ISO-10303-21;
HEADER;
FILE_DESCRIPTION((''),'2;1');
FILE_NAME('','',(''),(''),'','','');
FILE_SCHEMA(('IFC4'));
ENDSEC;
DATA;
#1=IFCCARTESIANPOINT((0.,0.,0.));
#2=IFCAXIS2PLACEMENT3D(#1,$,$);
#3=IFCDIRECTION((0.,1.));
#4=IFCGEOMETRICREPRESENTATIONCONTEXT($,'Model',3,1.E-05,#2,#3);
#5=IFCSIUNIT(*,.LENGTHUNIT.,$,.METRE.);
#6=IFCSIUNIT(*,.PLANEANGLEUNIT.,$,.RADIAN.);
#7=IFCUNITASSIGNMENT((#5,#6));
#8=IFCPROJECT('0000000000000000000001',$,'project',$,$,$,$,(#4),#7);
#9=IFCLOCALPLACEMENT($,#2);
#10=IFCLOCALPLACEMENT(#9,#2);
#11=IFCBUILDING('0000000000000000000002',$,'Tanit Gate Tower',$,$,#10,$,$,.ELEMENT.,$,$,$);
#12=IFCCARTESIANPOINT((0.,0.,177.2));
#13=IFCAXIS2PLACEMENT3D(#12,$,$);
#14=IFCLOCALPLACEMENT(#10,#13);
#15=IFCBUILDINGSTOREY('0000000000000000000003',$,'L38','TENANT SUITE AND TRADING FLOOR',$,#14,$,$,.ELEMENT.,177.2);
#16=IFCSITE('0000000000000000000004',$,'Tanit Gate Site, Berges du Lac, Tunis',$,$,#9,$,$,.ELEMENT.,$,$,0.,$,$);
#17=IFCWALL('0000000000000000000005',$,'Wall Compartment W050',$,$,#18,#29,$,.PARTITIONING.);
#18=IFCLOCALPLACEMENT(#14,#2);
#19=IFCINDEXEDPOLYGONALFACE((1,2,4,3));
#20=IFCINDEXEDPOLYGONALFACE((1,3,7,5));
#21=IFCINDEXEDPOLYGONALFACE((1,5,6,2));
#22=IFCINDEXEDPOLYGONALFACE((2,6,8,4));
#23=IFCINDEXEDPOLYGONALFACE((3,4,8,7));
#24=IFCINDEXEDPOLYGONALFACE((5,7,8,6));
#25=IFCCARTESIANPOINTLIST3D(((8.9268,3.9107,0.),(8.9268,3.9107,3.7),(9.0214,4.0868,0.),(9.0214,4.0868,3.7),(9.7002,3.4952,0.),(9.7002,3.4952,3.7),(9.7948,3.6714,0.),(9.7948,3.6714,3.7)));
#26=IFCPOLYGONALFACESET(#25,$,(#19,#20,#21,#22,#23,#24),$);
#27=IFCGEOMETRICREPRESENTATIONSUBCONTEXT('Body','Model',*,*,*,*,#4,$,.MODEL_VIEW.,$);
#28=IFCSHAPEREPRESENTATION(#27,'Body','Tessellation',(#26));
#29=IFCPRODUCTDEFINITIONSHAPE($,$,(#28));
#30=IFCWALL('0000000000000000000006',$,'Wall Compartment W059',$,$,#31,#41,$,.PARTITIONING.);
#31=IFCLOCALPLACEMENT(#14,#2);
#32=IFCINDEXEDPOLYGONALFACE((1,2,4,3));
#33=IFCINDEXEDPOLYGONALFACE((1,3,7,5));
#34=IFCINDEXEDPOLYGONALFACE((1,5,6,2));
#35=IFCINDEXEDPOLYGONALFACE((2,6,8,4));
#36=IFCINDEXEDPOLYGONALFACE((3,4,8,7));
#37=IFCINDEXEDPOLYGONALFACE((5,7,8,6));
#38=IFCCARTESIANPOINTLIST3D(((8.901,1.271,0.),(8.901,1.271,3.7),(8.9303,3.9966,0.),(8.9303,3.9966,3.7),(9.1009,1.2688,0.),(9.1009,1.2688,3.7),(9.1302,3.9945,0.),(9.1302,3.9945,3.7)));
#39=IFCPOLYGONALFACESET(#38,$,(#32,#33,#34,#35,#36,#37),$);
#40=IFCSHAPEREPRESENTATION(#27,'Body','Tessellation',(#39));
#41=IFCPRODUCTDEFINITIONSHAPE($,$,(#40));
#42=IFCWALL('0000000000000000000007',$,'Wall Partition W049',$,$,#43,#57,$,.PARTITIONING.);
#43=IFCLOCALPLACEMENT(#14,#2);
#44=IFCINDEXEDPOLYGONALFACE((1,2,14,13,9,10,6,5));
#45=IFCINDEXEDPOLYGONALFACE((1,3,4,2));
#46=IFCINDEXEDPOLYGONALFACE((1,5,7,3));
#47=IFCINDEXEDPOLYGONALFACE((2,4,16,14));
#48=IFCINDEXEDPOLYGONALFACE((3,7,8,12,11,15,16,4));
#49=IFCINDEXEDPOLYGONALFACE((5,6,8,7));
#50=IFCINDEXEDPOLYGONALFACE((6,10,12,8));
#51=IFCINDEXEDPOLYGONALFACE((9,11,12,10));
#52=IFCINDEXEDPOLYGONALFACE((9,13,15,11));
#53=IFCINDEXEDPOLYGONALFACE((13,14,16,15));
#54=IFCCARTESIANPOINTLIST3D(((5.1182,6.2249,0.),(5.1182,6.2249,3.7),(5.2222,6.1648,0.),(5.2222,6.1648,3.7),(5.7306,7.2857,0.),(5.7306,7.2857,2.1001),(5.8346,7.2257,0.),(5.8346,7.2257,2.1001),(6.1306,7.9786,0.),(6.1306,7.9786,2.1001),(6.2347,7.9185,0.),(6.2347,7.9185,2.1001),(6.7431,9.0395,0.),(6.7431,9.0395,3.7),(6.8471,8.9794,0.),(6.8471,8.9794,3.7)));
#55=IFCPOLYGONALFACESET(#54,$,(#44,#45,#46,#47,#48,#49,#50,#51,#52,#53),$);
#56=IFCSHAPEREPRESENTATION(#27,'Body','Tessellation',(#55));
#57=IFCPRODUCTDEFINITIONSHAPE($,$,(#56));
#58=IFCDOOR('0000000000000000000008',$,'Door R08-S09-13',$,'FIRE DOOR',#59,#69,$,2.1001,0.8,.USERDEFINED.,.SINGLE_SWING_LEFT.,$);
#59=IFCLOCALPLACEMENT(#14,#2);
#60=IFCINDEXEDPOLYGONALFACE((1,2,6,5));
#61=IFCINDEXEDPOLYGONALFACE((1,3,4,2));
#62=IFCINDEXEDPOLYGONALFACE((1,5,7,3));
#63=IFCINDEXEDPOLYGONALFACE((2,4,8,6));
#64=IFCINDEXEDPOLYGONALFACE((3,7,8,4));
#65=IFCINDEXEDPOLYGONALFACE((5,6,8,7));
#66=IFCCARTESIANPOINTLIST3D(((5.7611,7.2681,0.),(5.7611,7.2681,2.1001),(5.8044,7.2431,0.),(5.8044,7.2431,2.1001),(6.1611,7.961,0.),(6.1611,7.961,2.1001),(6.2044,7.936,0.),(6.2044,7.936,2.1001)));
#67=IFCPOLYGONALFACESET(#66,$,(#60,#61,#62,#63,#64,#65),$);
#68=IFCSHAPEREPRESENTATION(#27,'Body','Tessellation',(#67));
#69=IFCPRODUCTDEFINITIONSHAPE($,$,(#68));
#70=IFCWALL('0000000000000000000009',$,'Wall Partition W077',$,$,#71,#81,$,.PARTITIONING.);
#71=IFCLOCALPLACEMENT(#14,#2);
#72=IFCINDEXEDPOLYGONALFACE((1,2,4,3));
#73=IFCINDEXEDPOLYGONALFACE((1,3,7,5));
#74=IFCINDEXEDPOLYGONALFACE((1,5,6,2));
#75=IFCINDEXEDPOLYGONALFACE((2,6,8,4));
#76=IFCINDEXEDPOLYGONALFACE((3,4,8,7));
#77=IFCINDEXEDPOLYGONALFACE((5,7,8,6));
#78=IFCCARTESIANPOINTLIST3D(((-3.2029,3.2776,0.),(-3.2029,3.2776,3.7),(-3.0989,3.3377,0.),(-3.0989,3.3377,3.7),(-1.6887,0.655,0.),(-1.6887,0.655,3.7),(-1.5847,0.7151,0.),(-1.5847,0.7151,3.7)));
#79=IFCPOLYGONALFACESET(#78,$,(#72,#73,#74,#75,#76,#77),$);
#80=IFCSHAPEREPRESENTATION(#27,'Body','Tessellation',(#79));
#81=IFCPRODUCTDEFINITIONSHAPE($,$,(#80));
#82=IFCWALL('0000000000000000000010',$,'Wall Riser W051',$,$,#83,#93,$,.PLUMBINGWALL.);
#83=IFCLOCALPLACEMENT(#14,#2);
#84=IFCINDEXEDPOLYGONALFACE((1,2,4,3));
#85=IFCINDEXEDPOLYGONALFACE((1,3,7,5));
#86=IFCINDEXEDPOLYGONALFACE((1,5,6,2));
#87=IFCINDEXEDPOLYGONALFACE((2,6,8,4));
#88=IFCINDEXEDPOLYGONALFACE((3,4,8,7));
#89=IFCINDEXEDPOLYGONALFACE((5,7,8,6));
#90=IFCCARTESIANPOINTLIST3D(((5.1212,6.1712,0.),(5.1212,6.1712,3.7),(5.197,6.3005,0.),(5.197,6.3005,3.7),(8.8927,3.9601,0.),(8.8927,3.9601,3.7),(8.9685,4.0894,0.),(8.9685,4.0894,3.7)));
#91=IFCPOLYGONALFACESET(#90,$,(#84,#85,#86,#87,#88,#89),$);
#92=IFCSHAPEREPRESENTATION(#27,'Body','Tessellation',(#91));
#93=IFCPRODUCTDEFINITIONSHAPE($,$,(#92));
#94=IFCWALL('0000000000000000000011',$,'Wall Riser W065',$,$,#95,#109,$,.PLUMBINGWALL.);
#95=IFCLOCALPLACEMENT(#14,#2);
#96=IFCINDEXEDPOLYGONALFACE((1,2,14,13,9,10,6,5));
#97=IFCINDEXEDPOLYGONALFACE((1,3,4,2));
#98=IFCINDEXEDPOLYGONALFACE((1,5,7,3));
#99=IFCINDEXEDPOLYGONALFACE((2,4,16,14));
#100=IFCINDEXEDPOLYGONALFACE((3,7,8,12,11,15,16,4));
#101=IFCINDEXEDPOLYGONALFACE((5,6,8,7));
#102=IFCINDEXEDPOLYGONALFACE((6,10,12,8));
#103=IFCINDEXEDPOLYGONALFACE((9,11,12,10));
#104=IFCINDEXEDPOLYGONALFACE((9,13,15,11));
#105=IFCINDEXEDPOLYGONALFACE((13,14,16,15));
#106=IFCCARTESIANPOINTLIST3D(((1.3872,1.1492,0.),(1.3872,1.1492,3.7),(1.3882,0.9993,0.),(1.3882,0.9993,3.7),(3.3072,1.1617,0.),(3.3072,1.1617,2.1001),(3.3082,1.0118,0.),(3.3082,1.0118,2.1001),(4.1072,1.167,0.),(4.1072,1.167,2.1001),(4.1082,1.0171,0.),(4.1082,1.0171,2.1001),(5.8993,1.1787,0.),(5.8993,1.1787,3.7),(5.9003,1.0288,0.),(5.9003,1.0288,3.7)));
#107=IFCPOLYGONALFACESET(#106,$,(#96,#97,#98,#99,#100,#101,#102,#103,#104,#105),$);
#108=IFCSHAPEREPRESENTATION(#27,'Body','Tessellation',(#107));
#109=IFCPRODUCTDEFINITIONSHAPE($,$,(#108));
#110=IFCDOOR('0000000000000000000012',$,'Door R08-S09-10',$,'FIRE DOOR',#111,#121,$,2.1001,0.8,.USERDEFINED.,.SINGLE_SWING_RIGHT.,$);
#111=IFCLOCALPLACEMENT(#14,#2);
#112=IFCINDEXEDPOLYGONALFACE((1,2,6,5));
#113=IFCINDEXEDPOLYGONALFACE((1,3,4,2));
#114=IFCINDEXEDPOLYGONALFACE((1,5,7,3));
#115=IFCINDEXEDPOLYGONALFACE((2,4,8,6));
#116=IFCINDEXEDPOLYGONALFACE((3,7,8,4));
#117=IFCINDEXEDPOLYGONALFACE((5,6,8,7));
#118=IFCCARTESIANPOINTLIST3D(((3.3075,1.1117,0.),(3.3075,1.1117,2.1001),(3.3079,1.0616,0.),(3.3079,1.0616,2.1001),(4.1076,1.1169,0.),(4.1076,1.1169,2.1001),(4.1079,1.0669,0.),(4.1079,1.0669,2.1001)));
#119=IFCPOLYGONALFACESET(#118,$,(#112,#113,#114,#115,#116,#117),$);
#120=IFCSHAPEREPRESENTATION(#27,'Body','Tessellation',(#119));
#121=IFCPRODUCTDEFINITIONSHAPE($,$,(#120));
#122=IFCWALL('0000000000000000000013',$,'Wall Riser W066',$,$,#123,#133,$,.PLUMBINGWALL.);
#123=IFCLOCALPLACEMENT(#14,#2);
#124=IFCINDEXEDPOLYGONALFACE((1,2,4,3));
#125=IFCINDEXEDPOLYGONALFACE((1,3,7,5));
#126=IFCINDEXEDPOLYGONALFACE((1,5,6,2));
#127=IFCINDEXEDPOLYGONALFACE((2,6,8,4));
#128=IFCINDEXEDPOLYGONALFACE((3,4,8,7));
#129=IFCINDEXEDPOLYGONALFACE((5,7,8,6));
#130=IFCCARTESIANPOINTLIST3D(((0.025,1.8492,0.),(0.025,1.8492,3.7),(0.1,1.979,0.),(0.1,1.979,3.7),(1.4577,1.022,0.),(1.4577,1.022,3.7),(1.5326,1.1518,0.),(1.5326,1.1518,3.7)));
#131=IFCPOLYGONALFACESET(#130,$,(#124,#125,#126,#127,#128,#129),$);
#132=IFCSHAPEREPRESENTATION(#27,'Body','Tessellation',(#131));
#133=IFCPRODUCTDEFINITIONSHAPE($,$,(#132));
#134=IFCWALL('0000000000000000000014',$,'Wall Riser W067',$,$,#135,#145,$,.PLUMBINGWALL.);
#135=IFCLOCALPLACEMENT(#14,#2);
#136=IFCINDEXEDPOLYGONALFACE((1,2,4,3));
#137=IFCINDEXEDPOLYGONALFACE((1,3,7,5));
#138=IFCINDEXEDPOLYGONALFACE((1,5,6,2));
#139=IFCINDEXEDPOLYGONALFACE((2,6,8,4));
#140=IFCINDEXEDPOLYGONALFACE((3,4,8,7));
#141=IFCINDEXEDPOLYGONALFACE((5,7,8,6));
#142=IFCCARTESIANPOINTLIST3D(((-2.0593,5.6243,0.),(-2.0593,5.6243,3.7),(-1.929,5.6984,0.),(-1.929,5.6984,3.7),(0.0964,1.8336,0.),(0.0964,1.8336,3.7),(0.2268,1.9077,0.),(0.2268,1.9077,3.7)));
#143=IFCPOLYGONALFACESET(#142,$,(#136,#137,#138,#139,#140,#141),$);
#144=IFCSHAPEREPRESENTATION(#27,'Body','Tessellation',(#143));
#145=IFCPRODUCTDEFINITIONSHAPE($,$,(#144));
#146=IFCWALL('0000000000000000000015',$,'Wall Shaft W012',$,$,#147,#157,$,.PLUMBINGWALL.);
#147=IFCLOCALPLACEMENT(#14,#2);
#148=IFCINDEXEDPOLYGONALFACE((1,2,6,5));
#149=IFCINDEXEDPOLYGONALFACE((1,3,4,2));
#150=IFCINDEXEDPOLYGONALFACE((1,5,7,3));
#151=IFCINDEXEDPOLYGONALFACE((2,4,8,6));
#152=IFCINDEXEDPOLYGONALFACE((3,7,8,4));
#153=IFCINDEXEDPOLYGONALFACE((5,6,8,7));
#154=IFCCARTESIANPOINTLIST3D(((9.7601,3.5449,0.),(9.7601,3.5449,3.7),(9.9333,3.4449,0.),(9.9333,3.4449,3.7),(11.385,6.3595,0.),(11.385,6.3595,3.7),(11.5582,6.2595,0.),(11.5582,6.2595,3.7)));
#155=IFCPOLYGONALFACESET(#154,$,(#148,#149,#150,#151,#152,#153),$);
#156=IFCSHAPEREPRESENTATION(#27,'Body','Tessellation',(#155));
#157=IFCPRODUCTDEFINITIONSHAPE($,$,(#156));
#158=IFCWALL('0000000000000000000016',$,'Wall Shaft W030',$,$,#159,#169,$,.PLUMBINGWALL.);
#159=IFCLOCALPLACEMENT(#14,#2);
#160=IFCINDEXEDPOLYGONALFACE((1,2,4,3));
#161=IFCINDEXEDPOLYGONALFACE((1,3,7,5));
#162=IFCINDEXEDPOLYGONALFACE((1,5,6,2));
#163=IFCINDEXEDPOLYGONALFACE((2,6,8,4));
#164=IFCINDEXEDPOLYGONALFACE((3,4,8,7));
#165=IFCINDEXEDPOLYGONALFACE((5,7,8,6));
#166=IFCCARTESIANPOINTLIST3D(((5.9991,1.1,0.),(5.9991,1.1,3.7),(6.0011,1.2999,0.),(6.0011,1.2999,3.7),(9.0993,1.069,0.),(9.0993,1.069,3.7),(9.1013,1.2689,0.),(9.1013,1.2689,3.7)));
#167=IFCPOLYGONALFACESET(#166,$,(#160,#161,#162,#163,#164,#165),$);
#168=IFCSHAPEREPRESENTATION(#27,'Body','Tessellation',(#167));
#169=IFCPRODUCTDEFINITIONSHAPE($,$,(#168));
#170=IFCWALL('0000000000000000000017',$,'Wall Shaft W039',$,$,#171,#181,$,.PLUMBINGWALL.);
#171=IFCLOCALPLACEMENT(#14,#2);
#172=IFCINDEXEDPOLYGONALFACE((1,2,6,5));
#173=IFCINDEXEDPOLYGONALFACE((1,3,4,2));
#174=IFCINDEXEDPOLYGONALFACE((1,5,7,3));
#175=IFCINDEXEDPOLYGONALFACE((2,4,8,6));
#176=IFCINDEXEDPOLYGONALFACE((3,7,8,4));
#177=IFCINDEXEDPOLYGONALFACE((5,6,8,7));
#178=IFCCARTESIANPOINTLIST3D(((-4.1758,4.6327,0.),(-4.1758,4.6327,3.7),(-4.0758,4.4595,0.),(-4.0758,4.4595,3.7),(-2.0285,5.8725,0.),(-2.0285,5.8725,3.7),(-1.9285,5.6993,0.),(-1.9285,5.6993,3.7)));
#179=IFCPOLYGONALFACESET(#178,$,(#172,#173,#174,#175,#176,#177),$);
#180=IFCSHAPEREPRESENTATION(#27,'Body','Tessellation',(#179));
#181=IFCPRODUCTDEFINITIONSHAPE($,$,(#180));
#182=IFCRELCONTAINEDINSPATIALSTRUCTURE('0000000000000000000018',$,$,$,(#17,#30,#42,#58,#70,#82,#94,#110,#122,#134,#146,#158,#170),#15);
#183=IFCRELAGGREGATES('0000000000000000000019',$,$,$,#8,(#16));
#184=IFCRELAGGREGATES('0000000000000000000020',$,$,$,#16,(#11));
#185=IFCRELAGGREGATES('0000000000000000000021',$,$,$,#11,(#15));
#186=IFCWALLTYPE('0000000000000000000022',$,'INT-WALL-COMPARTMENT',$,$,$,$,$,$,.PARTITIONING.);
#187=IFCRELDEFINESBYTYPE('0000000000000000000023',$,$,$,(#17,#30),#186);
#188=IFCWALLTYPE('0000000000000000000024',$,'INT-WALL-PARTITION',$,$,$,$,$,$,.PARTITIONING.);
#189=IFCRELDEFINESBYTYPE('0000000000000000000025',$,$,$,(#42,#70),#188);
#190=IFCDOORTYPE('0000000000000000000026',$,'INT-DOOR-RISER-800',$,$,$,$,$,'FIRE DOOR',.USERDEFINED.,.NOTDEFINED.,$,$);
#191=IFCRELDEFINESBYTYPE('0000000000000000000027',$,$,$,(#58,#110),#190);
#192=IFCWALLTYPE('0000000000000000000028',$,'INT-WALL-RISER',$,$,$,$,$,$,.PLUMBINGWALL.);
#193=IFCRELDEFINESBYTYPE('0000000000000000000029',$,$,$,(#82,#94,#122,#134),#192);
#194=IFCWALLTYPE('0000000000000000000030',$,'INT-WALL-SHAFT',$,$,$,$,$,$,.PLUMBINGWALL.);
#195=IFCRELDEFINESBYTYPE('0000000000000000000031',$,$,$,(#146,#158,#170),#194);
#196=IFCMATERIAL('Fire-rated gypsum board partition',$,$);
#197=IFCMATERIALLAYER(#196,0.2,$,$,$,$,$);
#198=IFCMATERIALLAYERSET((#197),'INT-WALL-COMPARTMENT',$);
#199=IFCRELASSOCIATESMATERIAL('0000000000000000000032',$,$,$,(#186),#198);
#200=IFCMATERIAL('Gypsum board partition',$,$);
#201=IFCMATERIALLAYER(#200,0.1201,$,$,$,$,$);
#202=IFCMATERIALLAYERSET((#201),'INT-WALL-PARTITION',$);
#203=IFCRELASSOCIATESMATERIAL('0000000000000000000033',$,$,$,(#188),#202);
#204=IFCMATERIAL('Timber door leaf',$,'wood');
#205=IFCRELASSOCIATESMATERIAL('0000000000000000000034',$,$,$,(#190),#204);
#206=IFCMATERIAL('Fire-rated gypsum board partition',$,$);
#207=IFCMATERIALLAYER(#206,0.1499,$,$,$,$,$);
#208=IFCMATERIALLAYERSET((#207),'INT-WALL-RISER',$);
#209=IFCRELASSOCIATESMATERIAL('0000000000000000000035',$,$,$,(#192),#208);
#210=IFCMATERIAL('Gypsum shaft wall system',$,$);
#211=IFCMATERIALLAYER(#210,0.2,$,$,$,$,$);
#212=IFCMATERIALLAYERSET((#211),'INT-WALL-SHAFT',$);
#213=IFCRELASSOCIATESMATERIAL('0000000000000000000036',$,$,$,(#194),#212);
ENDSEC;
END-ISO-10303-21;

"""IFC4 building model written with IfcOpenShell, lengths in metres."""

from ifc_helpers import new_model, si_unit, direction, frame, frame_2d, origin, place, context, subcontext, project, spatial, rectangle, extrude, material, layer, layer_set, type_object, element, fill, save


model = new_model("IFC4")

# Units and contexts
model_context = context("Model", 3, precision=1e-05, world=origin(), true_north=direction((0.0, 1.0)))
body_context = subcontext(model_context, "Body", "Model", "MODEL_VIEW")
ifc_project = project(units=[si_unit("LENGTHUNIT", "METRE"), si_unit("PLANEANGLEUNIT", "RADIAN")], contexts=[model_context])

# Site, building, storey
site_placement = place(None, origin())
site = spatial("IfcSite", under=ifc_project, at=site_placement, Name="Tanit Gate Site, Berges du Lac, Tunis", CompositionType="ELEMENT", RefElevation=0.0)
building_placement = place(site_placement, origin())
building = spatial("IfcBuilding", under=site, at=building_placement, Name="Tanit Gate Tower", CompositionType="ELEMENT")
storey_placement = place(building_placement, frame((0.0, 0.0, 177.2)))
storey = spatial("IfcBuildingStorey", under=building, at=storey_placement, Name="L38", Description="TENANT SUITE AND TRADING FLOOR", CompositionType="ELEMENT", Elevation=177.2)

# Walls
ifc_material_1 = material(Name="Fire-rated gypsum board partition")
ifc_layer_1 = layer(ifc_material_1, 0.2)
ifc_layer_set_1 = layer_set([ifc_layer_1], Name="INT-WALL-COMPARTMENT")
wall_type_1 = type_object("IfcWallType", Name="INT-WALL-COMPARTMENT", PredefinedType="PARTITIONING", material=ifc_layer_set_1)
wall_1_placement = place(storey_placement, frame((8.9741, 3.9988, 0.0), z_axis=(0.0, 0.0, 1.0), x_axis=(0.880917, -0.473271, 0.0)))
element("IfcWall", 1, at=wall_1_placement, inside=storey, type_object=wall_type_1, Name="Wall Compartment W050", PredefinedType="PARTITIONING", context=body_context, shape_type="SweptSolid", body=[
    extrude(rectangle(XDim=0.8779, YDim=0.2, at=frame_2d((0.439, 0.0))), origin(), (0.0, 0.0, 1.0), 3.7),
])
wall_2_placement = place(storey_placement, frame((9.001, 1.27, 0.0), z_axis=(0.0, 0.0, 1.0), x_axis=(0.010748, 0.999942, 0.0)))
element("IfcWall", 2, at=wall_2_placement, inside=storey, type_object=wall_type_1, Name="Wall Compartment W059", PredefinedType="PARTITIONING", context=body_context, shape_type="SweptSolid", body=[
    extrude(rectangle(XDim=2.7258, YDim=0.2, at=frame_2d((1.3628, 0.0))), origin(), (0.0, 0.0, 1.0), 3.7),
])

# Wall, opening, door
ifc_material_2 = material(Name="Gypsum board partition")
ifc_layer_2 = layer(ifc_material_2, 0.1201)
ifc_layer_set_2 = layer_set([ifc_layer_2], Name="INT-WALL-PARTITION")
wall_type_2 = type_object("IfcWallType", Name="INT-WALL-PARTITION", PredefinedType="PARTITIONING", material=ifc_layer_set_2)
wall_3_placement = place(storey_placement, frame((5.1702, 6.1948, 0.0), z_axis=(0.0, 0.0, 1.0), x_axis=(0.499985, 0.866034, 0.0)))
wall_3 = element("IfcWall", 3, at=wall_3_placement, inside=storey, type_object=wall_type_2, Name="Wall Partition W049", PredefinedType="PARTITIONING", context=body_context, shape_type="SweptSolid", body=[
    extrude(rectangle(XDim=3.25, YDim=0.1201, at=frame_2d((1.625, 0.0))), origin(), (0.0, 0.0, 1.0), 3.7),
])
opening_1_placement = place(wall_3_placement, frame((1.2251, 0.0, 0.0)))
opening_1 = element("IfcOpeningElement", 4, at=opening_1_placement, cuts=wall_3, PredefinedType="OPENING", context=body_context, shape_type="SweptSolid", body=[
    extrude(rectangle(XDim=0.8, YDim=2.1001, at=frame_2d((0.3999, 1.05))), frame((0.0, 0.0701, 0.0), z_axis=(0.0, -1.0, 0.0), x_axis=(1.0, 0.0, 0.0)), (0.0, 0.0, 1.0), 0.1401),
])
ifc_material_3 = material(Name="Timber door leaf", Category="wood")
door_type_1 = type_object("IfcDoorType", Name="INT-DOOR-RISER-800", ElementType="FIRE DOOR", OperationType="NOTDEFINED", PredefinedType="USERDEFINED", material=ifc_material_3)
door_1_placement = place(opening_1_placement, origin())
door_1 = element("IfcDoor", 5, at=door_1_placement, inside=storey, type_object=door_type_1, Name="Door R08-S09-13", ObjectType="FIRE DOOR", OperationType="SINGLE_SWING_LEFT", OverallHeight=2.1001, OverallWidth=0.8, PredefinedType="USERDEFINED", context=body_context, shape_type="SweptSolid", body=[
    extrude(rectangle(XDim=0.8, YDim=2.1001, at=frame_2d((0.3999, 1.05))), frame((0.0, 0.0249, 0.0), z_axis=(0.0, -1.0, 0.0), x_axis=(1.0, 0.0, 0.0)), (0.0, 0.0, 1.0), 0.05),
])
fill(opening_1, door_1)

# Walls
wall_4_placement = place(storey_placement, frame((-1.6367, 0.6851, 0.0), z_axis=(0.0, 0.0, 1.0), x_axis=(-0.500006, 0.866022, 0.0)))
element("IfcWall", 6, at=wall_4_placement, inside=storey, type_object=wall_type_2, Name="Wall Partition W077", PredefinedType="PARTITIONING", context=body_context, shape_type="SweptSolid", body=[
    extrude(rectangle(XDim=3.0283, YDim=0.1201, at=frame_2d((1.5142, 0.0))), origin(), (0.0, 0.0, 1.0), 3.7),
])
ifc_material_4 = material(Name="Fire-rated gypsum board partition")
ifc_layer_3 = layer(ifc_material_4, 0.1499)
ifc_layer_set_3 = layer_set([ifc_layer_3], Name="INT-WALL-RISER")
wall_type_3 = type_object("IfcWallType", Name="INT-WALL-RISER", PredefinedType="PLUMBINGWALL", material=ifc_layer_set_3)
wall_5_placement = place(storey_placement, frame((8.9307, 4.0247, 0.0), z_axis=(0.0, 0.0, 1.0), x_axis=(-0.862667, 0.505773, 0.0)))
element("IfcWall", 7, at=wall_5_placement, inside=storey, type_object=wall_type_3, Name="Wall Riser W051", PredefinedType="PLUMBINGWALL", context=body_context, shape_type="SweptSolid", body=[
    extrude(rectangle(XDim=4.3718, YDim=0.1499, at=frame_2d((2.186, 0.0))), origin(), (0.0, 0.0, 1.0), 3.7),
])

# Wall, opening, door
wall_6_placement = place(storey_placement, frame((1.3877, 1.0742, 0.0), z_axis=(0.0, 0.0, 1.0), x_axis=(0.999979, 0.006547, 0.0)))
wall_6 = element("IfcWall", 8, at=wall_6_placement, inside=storey, type_object=wall_type_3, Name="Wall Riser W065", PredefinedType="PLUMBINGWALL", context=body_context, shape_type="SweptSolid", body=[
    extrude(rectangle(XDim=4.5122, YDim=0.1499, at=frame_2d((2.2561, 0.0))), origin(), (0.0, 0.0, 1.0), 3.7),
])
opening_2_placement = place(wall_6_placement, frame((1.9202, 0.0, 0.0)))
opening_2 = element("IfcOpeningElement", 9, at=opening_2_placement, cuts=wall_6, PredefinedType="OPENING", context=body_context, shape_type="SweptSolid", body=[
    extrude(rectangle(XDim=0.8, YDim=2.1001, at=frame_2d((0.3999, 1.05))), frame((0.0, 0.085, 0.0), z_axis=(0.0, -1.0, 0.0), x_axis=(1.0, 0.0, 0.0)), (0.0, 0.0, 1.0), 0.1699),
])
door_2_placement = place(opening_2_placement, origin())
door_2 = element("IfcDoor", 10, at=door_2_placement, inside=storey, type_object=door_type_1, Name="Door R08-S09-10", ObjectType="FIRE DOOR", OperationType="SINGLE_SWING_RIGHT", OverallHeight=2.1001, OverallWidth=0.8, PredefinedType="USERDEFINED", context=body_context, shape_type="SweptSolid", body=[
    extrude(rectangle(XDim=0.8, YDim=2.1001, at=frame_2d((0.3999, 1.05))), frame((0.0, 0.0249, 0.0), z_axis=(0.0, -1.0, 0.0), x_axis=(1.0, 0.0, 0.0)), (0.0, 0.0, 1.0), 0.05),
])
fill(opening_2, door_2)

# Walls
wall_7_placement = place(storey_placement, frame((0.0625, 1.9141, 0.0), z_axis=(0.0, 0.0, 1.0), x_axis=(0.866018, -0.500012, 0.0)))
element("IfcWall", 11, at=wall_7_placement, inside=storey, type_object=wall_type_3, Name="Wall Riser W066", PredefinedType="PLUMBINGWALL", context=body_context, shape_type="SweptSolid", body=[
    extrude(rectangle(XDim=1.6543, YDim=0.1499, at=frame_2d((0.8271, 0.0))), origin(), (0.0, 0.0, 1.0), 3.7),
])
wall_8_placement = place(storey_placement, frame((-1.9941, 5.6614, 0.0), z_axis=(0.0, 0.0, 1.0), x_axis=(0.494341, -0.869268, 0.0)))
element("IfcWall", 12, at=wall_8_placement, inside=storey, type_object=wall_type_3, Name="Wall Riser W067", PredefinedType="PLUMBINGWALL", context=body_context, shape_type="SweptSolid", body=[
    extrude(rectangle(XDim=4.3608, YDim=0.1499, at=frame_2d((2.1804, 0.0))), origin(), (0.0, 0.0, 1.0), 3.7),
])
ifc_material_5 = material(Name="Gypsum shaft wall system")
ifc_layer_4 = layer(ifc_material_5, 0.2)
ifc_layer_set_4 = layer_set([ifc_layer_4], Name="INT-WALL-SHAFT")
wall_type_4 = type_object("IfcWallType", Name="INT-WALL-SHAFT", PredefinedType="PLUMBINGWALL", material=ifc_layer_set_4)
wall_9_placement = place(storey_placement, frame((9.8467, 3.4949, 0.0), z_axis=(0.0, 0.0, 1.0), x_axis=(0.499985, 0.866034, 0.0)))
element("IfcWall", 13, at=wall_9_placement, inside=storey, type_object=wall_type_4, Name="Wall Shaft W012", PredefinedType="PLUMBINGWALL", context=body_context, shape_type="SweptSolid", body=[
    extrude(rectangle(XDim=3.25, YDim=0.2, at=frame_2d((1.625, 0.0))), origin(), (0.0, 0.0, 1.0), 3.7),
])

# Walls
wall_10_placement = place(storey_placement, frame((6.0, 1.2, 0.0), z_axis=(0.0, 0.0, 1.0), x_axis=(0.99995, -0.010001, 0.0)))
element("IfcWall", 14, at=wall_10_placement, inside=storey, type_object=wall_type_4, Name="Wall Shaft W030", PredefinedType="PLUMBINGWALL", context=body_context, shape_type="SweptSolid", body=[
    extrude(rectangle(XDim=3.1003, YDim=0.2, at=frame_2d((1.5503, 0.0))), origin(), (0.0, 0.0, 1.0), 3.7),
])
wall_11_placement = place(storey_placement, frame((-1.9785, 5.7859, 0.0), z_axis=(0.0, 0.0, 1.0), x_axis=(-0.866017, -0.500015, 0.0)))
element("IfcWall", 15, at=wall_11_placement, inside=storey, type_object=wall_type_4, Name="Wall Shaft W039", PredefinedType="PLUMBINGWALL", context=body_context, shape_type="SweptSolid", body=[
    extrude(rectangle(XDim=2.4795, YDim=0.2, at=frame_2d((1.2397, 0.0))), origin(), (0.0, 0.0, 1.0), 3.7),
])

save(model, "model.ifc")
